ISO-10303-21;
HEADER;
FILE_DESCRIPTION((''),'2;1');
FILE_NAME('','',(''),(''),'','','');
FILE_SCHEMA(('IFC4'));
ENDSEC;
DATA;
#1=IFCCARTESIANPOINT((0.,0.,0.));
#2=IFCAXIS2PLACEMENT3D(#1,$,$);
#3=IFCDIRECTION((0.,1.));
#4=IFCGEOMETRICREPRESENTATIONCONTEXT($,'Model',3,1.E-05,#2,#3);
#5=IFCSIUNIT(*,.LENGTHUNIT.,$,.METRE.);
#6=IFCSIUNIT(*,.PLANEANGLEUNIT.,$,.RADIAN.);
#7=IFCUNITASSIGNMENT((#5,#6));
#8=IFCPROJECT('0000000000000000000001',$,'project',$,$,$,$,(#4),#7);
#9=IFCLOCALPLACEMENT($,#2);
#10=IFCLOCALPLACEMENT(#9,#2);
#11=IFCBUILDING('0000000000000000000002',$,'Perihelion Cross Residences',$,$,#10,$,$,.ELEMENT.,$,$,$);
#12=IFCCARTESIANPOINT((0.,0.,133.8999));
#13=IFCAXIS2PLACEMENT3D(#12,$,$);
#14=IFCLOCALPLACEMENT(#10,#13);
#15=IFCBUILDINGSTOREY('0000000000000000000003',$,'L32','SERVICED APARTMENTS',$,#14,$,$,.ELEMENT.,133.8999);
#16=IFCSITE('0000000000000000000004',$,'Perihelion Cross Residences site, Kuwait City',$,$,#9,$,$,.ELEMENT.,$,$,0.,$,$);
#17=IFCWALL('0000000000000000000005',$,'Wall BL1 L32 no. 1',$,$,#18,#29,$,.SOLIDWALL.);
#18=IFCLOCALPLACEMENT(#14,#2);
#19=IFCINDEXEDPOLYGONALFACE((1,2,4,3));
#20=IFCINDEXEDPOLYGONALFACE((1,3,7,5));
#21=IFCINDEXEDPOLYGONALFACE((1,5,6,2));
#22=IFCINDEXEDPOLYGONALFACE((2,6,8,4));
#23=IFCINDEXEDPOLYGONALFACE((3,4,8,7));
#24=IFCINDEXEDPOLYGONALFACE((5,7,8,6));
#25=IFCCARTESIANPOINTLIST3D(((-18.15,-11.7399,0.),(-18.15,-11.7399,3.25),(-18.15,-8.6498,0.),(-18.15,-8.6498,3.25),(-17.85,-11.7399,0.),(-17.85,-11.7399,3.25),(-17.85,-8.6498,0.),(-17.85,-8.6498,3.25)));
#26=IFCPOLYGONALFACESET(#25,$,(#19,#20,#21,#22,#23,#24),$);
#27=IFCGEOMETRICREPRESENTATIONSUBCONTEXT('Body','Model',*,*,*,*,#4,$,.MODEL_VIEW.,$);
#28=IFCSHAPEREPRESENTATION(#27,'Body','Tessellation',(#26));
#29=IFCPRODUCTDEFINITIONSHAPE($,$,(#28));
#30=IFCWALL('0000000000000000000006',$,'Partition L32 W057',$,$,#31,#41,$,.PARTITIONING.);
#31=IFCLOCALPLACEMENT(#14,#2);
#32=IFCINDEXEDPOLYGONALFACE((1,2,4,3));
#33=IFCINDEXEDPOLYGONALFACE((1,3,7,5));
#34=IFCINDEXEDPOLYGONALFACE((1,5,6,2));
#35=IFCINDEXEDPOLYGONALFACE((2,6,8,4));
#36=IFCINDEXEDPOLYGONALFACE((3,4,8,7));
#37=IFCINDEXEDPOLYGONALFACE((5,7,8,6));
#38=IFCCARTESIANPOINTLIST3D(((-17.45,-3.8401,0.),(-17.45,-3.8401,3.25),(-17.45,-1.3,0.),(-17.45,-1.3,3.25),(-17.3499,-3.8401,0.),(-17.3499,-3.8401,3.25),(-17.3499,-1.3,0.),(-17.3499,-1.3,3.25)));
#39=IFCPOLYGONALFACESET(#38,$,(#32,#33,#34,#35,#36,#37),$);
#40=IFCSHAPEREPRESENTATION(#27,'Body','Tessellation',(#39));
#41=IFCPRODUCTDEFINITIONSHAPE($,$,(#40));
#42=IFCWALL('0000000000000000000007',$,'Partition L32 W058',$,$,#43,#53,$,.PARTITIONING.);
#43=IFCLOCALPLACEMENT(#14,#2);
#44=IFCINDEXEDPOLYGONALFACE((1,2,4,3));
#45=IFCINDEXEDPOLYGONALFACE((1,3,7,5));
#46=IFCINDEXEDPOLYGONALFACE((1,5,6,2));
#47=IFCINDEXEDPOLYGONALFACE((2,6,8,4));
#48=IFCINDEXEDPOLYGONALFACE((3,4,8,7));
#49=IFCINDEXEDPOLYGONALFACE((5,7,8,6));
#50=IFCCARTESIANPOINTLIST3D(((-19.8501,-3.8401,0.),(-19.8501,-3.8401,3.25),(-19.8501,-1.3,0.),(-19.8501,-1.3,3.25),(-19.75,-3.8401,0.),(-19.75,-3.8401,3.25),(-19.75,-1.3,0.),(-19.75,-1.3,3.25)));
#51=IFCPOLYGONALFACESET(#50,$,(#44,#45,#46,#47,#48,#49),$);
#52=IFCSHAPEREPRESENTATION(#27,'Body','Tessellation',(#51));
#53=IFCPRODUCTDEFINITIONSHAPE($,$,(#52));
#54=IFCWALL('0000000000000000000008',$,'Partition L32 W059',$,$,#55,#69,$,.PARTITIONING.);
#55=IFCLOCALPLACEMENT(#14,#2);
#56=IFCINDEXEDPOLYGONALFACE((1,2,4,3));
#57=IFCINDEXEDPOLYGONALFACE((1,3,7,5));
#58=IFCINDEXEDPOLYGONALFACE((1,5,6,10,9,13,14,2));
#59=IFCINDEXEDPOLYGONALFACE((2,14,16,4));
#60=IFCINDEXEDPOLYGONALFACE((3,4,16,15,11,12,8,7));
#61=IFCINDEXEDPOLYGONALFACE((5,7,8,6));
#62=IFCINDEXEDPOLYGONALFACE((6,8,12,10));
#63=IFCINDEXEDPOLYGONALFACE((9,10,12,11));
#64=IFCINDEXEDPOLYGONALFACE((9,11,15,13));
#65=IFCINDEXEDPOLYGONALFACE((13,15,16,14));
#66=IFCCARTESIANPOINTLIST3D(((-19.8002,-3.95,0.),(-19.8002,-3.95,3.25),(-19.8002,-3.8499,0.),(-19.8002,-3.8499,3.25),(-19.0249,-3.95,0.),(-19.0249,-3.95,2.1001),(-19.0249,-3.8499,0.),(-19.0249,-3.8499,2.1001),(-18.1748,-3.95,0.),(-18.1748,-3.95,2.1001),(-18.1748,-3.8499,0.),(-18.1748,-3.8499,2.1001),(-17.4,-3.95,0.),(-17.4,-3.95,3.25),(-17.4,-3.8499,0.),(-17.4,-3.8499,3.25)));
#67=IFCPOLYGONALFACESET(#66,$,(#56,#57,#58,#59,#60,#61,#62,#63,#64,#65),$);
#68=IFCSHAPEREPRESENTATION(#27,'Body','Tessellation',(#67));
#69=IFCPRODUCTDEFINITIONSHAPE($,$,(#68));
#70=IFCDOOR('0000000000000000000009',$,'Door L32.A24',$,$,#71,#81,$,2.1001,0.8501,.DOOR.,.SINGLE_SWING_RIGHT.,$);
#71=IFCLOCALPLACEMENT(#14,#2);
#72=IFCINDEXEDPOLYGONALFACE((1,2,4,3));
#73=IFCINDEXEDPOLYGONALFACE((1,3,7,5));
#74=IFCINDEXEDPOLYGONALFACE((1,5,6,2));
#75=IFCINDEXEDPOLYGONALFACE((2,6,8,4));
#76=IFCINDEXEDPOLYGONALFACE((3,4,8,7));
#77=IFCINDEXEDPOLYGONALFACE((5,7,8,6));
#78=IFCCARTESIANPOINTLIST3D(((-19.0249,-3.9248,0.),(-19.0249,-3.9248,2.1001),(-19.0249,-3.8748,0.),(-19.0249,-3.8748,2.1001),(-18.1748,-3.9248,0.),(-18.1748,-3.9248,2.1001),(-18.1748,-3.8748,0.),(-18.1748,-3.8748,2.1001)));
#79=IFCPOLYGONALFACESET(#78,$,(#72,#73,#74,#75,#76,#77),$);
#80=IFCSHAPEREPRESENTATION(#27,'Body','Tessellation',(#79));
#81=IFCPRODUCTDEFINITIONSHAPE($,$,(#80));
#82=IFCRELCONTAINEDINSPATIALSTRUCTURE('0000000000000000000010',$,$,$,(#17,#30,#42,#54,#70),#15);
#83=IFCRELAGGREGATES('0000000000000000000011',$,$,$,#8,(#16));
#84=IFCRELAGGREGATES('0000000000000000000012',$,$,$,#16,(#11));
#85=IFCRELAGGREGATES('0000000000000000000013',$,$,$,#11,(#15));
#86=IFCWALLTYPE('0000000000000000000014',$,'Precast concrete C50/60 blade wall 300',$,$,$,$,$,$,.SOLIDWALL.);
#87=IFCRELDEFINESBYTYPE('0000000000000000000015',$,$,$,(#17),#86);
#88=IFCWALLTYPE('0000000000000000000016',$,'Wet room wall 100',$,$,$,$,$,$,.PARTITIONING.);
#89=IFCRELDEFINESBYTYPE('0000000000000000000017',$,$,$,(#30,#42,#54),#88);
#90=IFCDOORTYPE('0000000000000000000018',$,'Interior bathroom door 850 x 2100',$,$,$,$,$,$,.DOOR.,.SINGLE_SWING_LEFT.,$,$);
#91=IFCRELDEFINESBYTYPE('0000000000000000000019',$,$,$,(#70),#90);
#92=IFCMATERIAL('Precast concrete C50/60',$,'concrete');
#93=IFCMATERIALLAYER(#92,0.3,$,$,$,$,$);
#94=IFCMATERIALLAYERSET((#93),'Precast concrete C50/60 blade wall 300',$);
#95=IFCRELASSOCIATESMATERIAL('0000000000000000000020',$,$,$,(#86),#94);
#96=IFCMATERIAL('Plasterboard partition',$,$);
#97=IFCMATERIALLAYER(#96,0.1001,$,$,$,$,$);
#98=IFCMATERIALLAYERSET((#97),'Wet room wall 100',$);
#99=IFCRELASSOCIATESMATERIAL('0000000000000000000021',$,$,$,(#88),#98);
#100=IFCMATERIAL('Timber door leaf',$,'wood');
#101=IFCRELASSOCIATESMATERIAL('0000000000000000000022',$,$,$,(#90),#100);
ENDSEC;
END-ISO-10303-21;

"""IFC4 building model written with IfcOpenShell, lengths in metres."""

from ifc_helpers import new_model, si_unit, direction, frame, frame_2d, origin, place, context, subcontext, project, spatial, rectangle, extrude, material, layer, layer_set, type_object, element, fill, save


model = new_model("IFC4")

# Units and contexts
model_context = context("Model", 3, precision=1e-05, world=origin(), true_north=direction((0.0, 1.0)))
body_context = subcontext(model_context, "Body", "Model", "MODEL_VIEW")
ifc_project = project(units=[si_unit("LENGTHUNIT", "METRE"), si_unit("PLANEANGLEUNIT", "RADIAN")], contexts=[model_context])

# Site, building, storey
site_placement = place(None, origin())
site = spatial("IfcSite", under=ifc_project, at=site_placement, Name="Perihelion Cross Residences site, Kuwait City", CompositionType="ELEMENT", RefElevation=0.0)
building_placement = place(site_placement, origin())
building = spatial("IfcBuilding", under=site, at=building_placement, Name="Perihelion Cross Residences", CompositionType="ELEMENT")
storey_placement = place(building_placement, frame((0.0, 0.0, 133.8999)))
storey = spatial("IfcBuildingStorey", under=building, at=storey_placement, Name="L32", Description="SERVICED APARTMENTS", CompositionType="ELEMENT", Elevation=133.8999)

# Walls
ifc_material_1 = material(Name="Precast concrete C50/60", Category="concrete")
ifc_layer_1 = layer(ifc_material_1, 0.3)
ifc_layer_set_1 = layer_set([ifc_layer_1], Name="Precast concrete C50/60 blade wall 300")
wall_type_1 = type_object("IfcWallType", Name="Precast concrete C50/60 blade wall 300", PredefinedType="SOLIDWALL", material=ifc_layer_set_1)
wall_1_placement = place(storey_placement, frame((-18.0, -8.6499, 0.0), z_axis=(0.0, 0.0, 1.0), x_axis=(0.0, -1.0, 0.0)))
element("IfcWall", 1, at=wall_1_placement, inside=storey, type_object=wall_type_1, Name="Wall BL1 L32 no. 1", PredefinedType="SOLIDWALL", context=body_context, shape_type="SweptSolid", body=[
    extrude(rectangle(XDim=3.0901, YDim=0.3, at=frame_2d((1.5449, 0.0))), origin(), (0.0, 0.0, 1.0), 3.25),
])
ifc_material_2 = material(Name="Plasterboard partition")
ifc_layer_2 = layer(ifc_material_2, 0.1001)
ifc_layer_set_2 = layer_set([ifc_layer_2], Name="Wet room wall 100")
wall_type_2 = type_object("IfcWallType", Name="Wet room wall 100", PredefinedType="PARTITIONING", material=ifc_layer_set_2)
for number, where, z_axis, x_axis, name in (
    (2, (-17.3999, -3.8401, 0.0), (0.0, 0.0, 1.0), (0.0, 1.0, 0.0), "Partition L32 W057"),
    (3, (-19.8, -3.8401, 0.0), (0.0, 0.0, 1.0), (0.0, 1.0, 0.0), "Partition L32 W058"),
):
    element("IfcWall", number, at=place(storey_placement, frame(where, z_axis=z_axis, x_axis=x_axis)), inside=storey, type_object=wall_type_2, Name=name, PredefinedType="PARTITIONING", context=body_context, shape_type="SweptSolid", body=[
        extrude(rectangle(XDim=2.54, YDim=0.1001, at=frame_2d((1.27, 0.0))), origin(), (0.0, 0.0, 1.0), 3.25),
    ])

# Wall, opening, door
wall_2_placement = place(storey_placement, frame((-17.3999, -3.8999, 0.0), z_axis=(0.0, 0.0, 1.0), x_axis=(-1.0, 0.0, 0.0)))
wall_2 = element("IfcWall", 4, at=wall_2_placement, inside=storey, type_object=wall_type_2, Name="Partition L32 W059", PredefinedType="PARTITIONING", context=body_context, shape_type="SweptSolid", body=[
    extrude(rectangle(XDim=2.4001, YDim=0.1001, at=frame_2d((1.2002, 0.0))), origin(), (0.0, 0.0, 1.0), 3.25),
])
opening_1_placement = place(wall_2_placement, frame((0.7749, 0.0, 0.0)))
opening_1 = element("IfcOpeningElement", 5, at=opening_1_placement, cuts=wall_2, PredefinedType="OPENING", context=body_context, shape_type="SweptSolid", body=[
    extrude(rectangle(XDim=0.8501, YDim=2.1001, at=frame_2d((0.425, 1.05))), frame((0.0, 0.0601, 0.0), z_axis=(0.0, -1.0, 0.0), x_axis=(1.0, 0.0, 0.0)), (0.0, 0.0, 1.0), 0.1201),
])
ifc_material_3 = material(Name="Timber door leaf", Category="wood")
door_type_1 = type_object("IfcDoorType", Name="Interior bathroom door 850 x 2100", OperationType="SINGLE_SWING_LEFT", PredefinedType="DOOR", material=ifc_material_3)
door_1_placement = place(opening_1_placement, origin())
door_1 = element("IfcDoor", 6, at=door_1_placement, inside=storey, type_object=door_type_1, Name="Door L32.A24", OperationType="SINGLE_SWING_RIGHT", OverallHeight=2.1001, OverallWidth=0.8501, PredefinedType="DOOR", context=body_context, shape_type="SweptSolid", body=[
    extrude(rectangle(XDim=0.8501, YDim=2.1001, at=frame_2d((0.425, 1.05))), frame((0.0, 0.0249, 0.0), z_axis=(0.0, -1.0, 0.0), x_axis=(1.0, 0.0, 0.0)), (0.0, 0.0, 1.0), 0.05),
])
fill(opening_1, door_1)

save(model, "model.ifc")
